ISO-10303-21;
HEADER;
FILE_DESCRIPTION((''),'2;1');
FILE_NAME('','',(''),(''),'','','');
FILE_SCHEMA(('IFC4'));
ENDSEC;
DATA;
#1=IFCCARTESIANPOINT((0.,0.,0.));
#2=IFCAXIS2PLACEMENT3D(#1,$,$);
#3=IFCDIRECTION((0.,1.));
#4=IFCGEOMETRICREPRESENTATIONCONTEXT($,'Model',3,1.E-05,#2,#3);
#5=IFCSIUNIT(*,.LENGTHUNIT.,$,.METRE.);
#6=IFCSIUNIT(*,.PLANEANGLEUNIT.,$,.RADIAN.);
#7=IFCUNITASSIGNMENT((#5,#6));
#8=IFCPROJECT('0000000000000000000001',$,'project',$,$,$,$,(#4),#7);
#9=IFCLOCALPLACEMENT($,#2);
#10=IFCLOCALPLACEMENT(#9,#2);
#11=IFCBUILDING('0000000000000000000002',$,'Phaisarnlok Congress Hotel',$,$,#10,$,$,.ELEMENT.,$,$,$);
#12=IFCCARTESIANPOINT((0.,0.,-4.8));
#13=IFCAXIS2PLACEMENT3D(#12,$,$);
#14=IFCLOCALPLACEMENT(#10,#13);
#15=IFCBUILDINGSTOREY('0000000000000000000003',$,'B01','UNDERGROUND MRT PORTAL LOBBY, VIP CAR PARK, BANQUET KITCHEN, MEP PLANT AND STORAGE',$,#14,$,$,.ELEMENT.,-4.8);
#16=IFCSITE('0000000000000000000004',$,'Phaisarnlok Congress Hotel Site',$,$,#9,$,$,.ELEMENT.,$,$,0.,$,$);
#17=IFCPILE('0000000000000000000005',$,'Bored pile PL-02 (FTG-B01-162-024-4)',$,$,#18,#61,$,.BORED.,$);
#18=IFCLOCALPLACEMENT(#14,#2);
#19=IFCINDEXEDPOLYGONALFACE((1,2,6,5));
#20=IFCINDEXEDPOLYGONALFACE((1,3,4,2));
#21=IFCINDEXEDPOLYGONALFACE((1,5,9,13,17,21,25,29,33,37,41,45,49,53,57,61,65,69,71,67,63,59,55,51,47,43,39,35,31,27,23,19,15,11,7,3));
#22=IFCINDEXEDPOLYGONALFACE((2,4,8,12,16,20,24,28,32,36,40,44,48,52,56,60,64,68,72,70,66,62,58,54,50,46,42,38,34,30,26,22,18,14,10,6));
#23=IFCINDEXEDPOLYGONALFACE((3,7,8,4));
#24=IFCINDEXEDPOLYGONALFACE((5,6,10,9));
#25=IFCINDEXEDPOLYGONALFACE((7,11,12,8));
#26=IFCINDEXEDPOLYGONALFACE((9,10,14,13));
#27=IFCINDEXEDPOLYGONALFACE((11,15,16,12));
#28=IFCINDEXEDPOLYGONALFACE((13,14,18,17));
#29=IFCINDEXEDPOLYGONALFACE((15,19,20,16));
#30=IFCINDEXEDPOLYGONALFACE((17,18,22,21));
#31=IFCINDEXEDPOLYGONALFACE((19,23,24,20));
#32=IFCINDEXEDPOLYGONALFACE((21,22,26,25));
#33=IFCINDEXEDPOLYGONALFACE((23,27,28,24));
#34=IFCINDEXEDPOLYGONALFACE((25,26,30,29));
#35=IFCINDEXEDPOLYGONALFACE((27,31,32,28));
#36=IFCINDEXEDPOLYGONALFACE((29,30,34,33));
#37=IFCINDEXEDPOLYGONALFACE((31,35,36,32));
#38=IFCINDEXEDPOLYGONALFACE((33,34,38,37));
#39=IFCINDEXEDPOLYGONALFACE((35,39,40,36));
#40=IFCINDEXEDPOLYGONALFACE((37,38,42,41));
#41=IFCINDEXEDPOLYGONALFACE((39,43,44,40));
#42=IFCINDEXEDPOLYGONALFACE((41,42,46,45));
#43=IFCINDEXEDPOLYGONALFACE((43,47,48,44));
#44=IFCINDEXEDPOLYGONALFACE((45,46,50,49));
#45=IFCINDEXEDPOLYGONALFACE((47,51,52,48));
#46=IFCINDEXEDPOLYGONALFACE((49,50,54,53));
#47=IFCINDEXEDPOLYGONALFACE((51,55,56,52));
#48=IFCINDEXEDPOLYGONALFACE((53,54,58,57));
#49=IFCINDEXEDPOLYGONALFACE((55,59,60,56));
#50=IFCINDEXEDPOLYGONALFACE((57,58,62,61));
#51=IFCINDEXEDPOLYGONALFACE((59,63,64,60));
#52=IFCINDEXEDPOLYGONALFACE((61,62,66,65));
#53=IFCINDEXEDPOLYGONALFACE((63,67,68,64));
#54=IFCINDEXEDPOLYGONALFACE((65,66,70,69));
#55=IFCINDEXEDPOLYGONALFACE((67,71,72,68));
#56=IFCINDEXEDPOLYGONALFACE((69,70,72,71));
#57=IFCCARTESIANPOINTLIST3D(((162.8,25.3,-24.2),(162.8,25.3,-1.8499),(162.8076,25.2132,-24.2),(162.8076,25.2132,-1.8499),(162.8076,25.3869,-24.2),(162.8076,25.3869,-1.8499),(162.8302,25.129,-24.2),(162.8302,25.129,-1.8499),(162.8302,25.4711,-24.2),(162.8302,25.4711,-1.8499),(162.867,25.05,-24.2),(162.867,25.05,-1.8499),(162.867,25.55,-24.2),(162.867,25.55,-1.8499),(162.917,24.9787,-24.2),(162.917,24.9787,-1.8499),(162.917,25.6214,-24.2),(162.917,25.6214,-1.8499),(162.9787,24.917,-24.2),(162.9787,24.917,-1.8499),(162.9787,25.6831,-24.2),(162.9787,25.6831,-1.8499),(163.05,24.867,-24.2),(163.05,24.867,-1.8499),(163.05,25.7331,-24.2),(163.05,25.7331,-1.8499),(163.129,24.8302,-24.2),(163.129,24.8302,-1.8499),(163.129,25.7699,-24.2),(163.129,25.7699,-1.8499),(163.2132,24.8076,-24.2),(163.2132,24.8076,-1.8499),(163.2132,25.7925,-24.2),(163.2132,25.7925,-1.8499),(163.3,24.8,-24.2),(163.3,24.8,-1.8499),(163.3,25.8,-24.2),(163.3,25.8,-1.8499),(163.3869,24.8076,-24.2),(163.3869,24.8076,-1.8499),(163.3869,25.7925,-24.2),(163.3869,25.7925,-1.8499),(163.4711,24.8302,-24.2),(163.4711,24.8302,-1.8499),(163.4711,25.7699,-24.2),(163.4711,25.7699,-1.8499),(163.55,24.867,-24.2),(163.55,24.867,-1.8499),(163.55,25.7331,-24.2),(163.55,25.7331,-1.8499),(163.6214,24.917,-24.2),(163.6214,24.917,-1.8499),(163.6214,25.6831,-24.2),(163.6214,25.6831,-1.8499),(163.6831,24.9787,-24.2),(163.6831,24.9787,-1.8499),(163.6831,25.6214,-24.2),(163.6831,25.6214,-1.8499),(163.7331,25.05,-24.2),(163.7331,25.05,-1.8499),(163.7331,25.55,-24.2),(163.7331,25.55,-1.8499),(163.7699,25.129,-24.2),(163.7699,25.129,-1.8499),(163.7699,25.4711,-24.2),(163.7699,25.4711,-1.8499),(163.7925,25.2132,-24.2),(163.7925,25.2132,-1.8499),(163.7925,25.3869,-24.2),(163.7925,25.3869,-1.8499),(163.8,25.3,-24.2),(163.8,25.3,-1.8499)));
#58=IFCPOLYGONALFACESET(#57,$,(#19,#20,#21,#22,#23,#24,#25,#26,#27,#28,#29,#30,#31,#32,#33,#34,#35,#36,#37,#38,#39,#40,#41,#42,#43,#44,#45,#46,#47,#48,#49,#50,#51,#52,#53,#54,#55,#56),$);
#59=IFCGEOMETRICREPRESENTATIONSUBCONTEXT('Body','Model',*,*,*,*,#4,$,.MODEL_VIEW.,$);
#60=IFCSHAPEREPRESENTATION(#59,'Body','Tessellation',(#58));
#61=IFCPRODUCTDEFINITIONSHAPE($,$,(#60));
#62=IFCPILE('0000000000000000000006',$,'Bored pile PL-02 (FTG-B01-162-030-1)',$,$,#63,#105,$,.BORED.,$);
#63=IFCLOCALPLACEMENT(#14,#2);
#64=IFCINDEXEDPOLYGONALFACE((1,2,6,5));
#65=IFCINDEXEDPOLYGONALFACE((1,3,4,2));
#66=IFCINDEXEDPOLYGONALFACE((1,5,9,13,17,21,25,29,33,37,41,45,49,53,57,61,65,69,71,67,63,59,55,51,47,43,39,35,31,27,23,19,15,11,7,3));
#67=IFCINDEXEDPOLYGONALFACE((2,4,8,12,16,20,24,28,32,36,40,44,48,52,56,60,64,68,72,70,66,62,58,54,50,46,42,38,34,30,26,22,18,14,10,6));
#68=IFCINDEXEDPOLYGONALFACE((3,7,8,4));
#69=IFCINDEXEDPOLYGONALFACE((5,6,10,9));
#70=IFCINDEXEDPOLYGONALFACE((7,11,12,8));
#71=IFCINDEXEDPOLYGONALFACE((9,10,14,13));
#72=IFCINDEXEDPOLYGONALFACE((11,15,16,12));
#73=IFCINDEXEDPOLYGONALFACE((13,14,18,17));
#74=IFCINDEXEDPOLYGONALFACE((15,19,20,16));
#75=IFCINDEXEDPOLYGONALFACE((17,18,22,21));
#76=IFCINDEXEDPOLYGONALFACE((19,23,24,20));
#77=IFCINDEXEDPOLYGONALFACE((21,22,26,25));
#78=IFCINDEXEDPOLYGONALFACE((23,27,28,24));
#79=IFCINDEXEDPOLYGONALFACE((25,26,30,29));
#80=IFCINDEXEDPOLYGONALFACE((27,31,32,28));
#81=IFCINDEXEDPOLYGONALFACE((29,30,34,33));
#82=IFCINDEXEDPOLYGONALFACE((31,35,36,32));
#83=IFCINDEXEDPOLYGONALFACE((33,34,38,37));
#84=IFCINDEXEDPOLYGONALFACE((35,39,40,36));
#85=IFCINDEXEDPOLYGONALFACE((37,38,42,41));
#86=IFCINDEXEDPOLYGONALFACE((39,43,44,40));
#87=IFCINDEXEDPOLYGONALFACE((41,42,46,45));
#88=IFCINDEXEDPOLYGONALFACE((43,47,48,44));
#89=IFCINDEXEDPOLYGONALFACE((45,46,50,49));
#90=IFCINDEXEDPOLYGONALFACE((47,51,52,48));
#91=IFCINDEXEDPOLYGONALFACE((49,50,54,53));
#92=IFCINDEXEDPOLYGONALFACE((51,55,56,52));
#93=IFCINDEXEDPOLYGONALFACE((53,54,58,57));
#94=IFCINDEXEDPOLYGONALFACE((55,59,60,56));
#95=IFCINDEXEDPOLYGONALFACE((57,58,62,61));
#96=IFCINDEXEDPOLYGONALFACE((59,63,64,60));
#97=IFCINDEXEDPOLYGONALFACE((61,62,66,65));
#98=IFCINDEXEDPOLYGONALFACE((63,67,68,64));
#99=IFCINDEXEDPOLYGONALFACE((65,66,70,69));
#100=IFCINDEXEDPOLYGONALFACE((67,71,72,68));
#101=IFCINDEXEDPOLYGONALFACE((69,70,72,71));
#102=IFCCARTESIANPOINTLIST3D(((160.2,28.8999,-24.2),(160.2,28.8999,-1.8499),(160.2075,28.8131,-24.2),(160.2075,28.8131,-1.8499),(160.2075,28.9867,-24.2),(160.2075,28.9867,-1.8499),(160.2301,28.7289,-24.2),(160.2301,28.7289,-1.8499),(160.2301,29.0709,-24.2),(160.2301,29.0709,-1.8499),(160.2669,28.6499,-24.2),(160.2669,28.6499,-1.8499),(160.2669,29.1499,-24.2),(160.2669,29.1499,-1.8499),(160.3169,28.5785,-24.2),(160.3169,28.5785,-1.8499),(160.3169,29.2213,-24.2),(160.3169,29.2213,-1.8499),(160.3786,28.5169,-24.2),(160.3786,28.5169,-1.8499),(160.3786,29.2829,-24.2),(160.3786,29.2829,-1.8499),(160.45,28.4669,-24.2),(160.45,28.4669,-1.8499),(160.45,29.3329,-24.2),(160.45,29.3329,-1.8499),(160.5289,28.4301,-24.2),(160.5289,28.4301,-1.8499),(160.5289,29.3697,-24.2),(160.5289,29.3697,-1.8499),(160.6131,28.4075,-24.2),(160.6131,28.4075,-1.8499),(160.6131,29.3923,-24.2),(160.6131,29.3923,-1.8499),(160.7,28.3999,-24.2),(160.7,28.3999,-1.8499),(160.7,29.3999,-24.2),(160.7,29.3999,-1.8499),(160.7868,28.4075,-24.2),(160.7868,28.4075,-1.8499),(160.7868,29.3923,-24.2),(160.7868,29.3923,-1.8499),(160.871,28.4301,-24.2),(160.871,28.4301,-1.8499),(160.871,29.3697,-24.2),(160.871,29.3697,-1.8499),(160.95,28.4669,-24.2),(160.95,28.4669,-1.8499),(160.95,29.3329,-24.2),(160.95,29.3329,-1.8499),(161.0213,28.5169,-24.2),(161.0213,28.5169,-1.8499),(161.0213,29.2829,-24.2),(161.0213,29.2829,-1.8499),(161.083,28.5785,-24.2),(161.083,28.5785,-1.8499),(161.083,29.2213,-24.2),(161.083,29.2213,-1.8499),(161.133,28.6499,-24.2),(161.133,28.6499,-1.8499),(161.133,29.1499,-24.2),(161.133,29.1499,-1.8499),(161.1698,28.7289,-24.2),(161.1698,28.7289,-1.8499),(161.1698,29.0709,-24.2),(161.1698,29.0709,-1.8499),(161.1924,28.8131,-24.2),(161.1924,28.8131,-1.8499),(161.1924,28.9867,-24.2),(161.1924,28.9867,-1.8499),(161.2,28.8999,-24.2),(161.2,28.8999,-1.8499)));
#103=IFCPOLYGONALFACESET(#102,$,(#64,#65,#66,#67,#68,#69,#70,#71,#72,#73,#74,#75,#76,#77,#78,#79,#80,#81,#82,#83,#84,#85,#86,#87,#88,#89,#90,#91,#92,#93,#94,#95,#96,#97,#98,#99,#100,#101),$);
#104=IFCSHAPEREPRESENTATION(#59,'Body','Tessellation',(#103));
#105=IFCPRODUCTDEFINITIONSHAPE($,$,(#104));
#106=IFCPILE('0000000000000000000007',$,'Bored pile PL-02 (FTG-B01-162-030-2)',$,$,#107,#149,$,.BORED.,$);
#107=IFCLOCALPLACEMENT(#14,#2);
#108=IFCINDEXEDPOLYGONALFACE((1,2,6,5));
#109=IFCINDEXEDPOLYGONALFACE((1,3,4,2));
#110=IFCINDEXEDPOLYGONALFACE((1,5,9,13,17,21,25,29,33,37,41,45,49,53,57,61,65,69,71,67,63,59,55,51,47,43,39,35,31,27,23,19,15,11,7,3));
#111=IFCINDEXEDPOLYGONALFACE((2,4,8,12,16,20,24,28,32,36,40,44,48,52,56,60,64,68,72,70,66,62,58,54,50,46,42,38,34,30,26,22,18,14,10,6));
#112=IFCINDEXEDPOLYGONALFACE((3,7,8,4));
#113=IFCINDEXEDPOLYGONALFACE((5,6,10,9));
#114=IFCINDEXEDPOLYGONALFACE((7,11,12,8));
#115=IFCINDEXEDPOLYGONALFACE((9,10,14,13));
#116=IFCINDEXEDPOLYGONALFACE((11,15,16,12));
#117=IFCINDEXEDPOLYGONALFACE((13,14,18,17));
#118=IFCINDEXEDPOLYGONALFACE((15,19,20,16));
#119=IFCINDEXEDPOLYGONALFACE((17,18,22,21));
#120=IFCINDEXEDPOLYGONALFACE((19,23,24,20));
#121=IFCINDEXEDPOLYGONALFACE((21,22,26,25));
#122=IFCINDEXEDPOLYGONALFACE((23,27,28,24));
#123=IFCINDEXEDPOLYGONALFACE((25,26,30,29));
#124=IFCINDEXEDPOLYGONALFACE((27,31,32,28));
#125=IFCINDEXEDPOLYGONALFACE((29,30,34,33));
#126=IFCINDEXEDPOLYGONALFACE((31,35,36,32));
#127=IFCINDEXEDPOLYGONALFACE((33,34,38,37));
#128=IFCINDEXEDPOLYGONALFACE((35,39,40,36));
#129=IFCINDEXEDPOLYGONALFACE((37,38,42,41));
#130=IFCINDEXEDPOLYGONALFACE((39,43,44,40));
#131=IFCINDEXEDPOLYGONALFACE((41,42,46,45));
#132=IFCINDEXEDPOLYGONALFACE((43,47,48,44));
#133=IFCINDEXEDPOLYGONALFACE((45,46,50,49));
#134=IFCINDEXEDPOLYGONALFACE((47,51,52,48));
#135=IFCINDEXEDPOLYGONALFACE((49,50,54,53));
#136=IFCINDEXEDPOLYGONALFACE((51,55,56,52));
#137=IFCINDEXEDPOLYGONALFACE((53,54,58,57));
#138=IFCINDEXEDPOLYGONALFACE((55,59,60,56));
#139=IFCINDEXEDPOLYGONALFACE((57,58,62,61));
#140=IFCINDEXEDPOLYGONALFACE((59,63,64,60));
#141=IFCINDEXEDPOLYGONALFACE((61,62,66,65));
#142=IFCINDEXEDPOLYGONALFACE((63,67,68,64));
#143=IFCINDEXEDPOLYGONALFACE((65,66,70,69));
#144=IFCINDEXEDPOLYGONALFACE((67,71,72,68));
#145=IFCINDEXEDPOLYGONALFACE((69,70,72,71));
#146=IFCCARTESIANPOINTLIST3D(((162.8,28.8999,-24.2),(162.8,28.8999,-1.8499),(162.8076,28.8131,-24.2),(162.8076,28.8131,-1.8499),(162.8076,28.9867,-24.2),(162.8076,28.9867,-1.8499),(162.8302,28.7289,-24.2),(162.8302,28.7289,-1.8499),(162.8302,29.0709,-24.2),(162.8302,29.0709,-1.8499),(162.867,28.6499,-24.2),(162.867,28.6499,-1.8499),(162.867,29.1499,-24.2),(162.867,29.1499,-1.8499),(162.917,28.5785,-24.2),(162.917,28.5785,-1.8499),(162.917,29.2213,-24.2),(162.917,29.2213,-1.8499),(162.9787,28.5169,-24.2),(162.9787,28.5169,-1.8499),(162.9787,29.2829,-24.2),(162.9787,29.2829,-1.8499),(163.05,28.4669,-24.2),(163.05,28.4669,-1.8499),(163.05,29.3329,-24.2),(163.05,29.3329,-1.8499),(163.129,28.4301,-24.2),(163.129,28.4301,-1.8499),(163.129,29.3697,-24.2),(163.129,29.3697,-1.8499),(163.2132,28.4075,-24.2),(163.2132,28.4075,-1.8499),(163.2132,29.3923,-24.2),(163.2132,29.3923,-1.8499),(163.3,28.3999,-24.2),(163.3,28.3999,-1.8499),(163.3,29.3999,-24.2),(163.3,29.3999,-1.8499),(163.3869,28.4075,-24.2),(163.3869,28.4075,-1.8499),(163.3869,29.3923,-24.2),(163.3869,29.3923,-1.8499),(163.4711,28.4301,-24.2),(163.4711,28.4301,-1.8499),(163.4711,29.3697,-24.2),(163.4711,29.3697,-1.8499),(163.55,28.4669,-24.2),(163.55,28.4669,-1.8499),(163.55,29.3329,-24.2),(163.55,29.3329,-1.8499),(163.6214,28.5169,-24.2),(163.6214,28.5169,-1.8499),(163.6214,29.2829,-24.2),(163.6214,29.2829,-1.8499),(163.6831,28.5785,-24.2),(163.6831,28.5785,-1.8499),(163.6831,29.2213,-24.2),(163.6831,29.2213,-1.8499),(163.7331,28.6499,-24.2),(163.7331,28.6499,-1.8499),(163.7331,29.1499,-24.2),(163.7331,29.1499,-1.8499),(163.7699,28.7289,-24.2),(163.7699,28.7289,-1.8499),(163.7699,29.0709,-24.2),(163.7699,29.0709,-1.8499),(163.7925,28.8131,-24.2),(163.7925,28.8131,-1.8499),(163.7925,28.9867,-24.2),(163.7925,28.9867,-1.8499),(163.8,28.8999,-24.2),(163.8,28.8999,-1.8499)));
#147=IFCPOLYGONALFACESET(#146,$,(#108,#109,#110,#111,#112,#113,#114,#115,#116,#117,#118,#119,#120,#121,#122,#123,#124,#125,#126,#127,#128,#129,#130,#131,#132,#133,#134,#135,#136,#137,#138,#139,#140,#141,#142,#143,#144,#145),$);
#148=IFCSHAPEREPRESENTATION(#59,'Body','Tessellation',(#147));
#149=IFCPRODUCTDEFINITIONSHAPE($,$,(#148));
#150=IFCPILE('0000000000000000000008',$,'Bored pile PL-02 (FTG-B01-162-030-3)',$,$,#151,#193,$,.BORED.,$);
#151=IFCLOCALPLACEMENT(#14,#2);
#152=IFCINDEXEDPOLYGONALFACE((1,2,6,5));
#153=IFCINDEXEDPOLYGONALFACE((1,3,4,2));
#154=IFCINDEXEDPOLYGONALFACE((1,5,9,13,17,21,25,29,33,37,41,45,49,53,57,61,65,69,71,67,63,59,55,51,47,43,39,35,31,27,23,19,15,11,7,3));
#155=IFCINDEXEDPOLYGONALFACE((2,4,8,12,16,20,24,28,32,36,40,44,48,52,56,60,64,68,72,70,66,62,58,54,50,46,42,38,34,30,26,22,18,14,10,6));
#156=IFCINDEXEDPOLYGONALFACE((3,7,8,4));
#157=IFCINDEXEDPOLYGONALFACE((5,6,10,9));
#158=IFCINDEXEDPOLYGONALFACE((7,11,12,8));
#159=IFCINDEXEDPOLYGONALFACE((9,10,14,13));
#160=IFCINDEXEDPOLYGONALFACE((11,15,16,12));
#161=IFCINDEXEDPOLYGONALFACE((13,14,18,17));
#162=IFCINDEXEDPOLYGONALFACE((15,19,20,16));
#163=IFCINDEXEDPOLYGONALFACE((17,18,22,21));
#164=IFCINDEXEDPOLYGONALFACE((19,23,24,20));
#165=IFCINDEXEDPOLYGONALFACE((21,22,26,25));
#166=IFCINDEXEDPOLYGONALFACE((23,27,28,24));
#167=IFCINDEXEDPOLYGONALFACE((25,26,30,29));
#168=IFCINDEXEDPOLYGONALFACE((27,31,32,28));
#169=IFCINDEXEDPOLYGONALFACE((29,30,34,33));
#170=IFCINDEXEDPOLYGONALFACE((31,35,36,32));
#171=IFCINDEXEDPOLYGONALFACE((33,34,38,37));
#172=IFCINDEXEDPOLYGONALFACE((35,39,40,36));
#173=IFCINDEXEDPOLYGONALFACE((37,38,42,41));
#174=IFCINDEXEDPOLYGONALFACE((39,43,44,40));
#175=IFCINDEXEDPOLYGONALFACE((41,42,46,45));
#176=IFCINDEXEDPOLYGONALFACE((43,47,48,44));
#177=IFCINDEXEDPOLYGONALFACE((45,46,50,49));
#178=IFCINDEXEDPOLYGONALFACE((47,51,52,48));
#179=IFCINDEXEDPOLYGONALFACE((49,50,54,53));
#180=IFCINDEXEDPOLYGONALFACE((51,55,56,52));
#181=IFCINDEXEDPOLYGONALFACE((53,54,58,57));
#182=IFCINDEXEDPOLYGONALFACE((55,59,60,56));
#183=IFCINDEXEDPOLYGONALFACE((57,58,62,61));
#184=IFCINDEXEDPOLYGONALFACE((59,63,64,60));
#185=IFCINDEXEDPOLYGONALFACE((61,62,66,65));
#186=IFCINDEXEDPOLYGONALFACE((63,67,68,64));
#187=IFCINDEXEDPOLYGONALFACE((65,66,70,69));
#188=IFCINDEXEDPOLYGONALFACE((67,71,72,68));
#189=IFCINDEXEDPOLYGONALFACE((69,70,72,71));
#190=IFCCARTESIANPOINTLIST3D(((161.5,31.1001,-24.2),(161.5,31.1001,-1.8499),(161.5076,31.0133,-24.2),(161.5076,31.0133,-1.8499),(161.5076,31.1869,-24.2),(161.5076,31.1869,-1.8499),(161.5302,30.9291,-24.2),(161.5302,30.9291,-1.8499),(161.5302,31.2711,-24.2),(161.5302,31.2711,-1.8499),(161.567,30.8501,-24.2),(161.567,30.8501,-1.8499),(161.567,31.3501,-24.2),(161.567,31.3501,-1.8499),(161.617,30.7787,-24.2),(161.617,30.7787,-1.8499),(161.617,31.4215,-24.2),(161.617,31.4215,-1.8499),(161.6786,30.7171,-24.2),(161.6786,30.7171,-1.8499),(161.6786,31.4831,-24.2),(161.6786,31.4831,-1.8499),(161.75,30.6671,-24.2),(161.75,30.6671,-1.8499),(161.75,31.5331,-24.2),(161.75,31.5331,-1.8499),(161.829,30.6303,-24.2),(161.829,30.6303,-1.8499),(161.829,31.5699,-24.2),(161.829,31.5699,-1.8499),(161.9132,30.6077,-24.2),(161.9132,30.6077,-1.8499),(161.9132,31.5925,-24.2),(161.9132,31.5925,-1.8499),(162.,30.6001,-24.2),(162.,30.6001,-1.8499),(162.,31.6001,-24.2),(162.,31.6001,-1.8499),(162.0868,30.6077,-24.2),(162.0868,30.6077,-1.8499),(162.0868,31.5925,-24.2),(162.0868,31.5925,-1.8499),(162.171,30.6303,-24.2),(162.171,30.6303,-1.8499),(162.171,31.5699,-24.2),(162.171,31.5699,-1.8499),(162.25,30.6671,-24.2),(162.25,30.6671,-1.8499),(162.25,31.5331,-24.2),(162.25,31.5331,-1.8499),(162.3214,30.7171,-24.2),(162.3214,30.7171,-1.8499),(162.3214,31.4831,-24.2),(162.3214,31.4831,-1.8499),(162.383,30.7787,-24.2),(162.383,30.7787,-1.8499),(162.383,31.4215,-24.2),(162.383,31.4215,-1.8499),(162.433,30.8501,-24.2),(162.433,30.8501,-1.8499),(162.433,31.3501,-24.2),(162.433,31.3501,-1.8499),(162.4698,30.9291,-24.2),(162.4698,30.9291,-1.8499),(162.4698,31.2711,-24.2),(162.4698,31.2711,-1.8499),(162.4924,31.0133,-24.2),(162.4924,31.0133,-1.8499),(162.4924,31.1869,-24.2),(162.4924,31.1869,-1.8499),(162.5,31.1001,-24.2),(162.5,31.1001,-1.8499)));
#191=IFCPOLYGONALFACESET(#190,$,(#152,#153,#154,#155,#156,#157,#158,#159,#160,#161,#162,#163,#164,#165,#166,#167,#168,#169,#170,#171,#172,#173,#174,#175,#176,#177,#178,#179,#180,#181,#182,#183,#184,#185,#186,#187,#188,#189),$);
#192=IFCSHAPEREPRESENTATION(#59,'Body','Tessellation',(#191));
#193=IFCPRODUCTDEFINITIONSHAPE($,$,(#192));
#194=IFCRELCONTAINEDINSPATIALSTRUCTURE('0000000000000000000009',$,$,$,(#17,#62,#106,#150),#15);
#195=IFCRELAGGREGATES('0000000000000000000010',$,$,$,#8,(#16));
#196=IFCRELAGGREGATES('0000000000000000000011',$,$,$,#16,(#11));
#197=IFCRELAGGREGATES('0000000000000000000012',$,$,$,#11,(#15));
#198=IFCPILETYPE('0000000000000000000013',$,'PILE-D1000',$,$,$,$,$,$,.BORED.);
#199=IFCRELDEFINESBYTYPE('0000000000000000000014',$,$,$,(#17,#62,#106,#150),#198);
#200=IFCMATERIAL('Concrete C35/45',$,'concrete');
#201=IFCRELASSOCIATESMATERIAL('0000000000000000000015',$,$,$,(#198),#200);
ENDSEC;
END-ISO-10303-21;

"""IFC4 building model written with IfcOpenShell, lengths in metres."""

from ifc_helpers import new_model, si_unit, direction, frame, origin, origin_2d, place, context, subcontext, project, spatial, circle, extrude, material, material_profile, profile_set, type_object, element, save


model = new_model("IFC4")

# Units and contexts
model_context = context("Model", 3, precision=1e-05, world=origin(), true_north=direction((0.0, 1.0)))
body_context = subcontext(model_context, "Body", "Model", "MODEL_VIEW")
ifc_project = project(units=[si_unit("LENGTHUNIT", "METRE"), si_unit("PLANEANGLEUNIT", "RADIAN")], contexts=[model_context])

# Site, building, storey
site_placement = place(None, origin())
site = spatial("IfcSite", under=ifc_project, at=site_placement, Name="Phaisarnlok Congress Hotel Site", CompositionType="ELEMENT", RefElevation=0.0)
building_placement = place(site_placement, origin())
building = spatial("IfcBuilding", under=site, at=building_placement, Name="Phaisarnlok Congress Hotel", CompositionType="ELEMENT")
storey_placement = place(building_placement, frame((0.0, 0.0, -4.8)))
storey = spatial("IfcBuildingStorey", under=building, at=storey_placement, Name="B01", Description="UNDERGROUND MRT PORTAL LOBBY, VIP CAR PARK, BANQUET KITCHEN, MEP PLANT AND STORAGE", CompositionType="ELEMENT", Elevation=-4.8)

# Piles
ifc_material_1 = material(Name="Concrete C35/45", Category="concrete")
ifc_material_profile_1 = material_profile(ifc_material_1, circle(Radius=0.5, at=origin_2d()), Name="BORED PILE D1000")
ifc_profile_set_1 = profile_set([ifc_material_profile_1], Name="Concrete C35/45")
pile_type_1 = type_object("IfcPileType", Name="PILE-D1000", PredefinedType="BORED", material=ifc_profile_set_1)
for number, where, z_axis, x_axis, name in (
    (1, (163.3, 25.3, -1.8499), (0.0, 0.0, -1.0), (1.0, 0.0, 0.0), "Bored pile PL-02 (FTG-B01-162-024-4)"),
    (2, (160.7, 28.8999, -1.8499), (0.0, 0.0, -1.0), (1.0, 0.0, 0.0), "Bored pile PL-02 (FTG-B01-162-030-1)"),
    (3, (163.3, 28.8999, -1.8499), (0.0, 0.0, -1.0), (1.0, 0.0, 0.0), "Bored pile PL-02 (FTG-B01-162-030-2)"),
    (4, (162.0, 31.1001, -1.8499), (0.0, 0.0, -1.0), (1.0, 0.0, 0.0), "Bored pile PL-02 (FTG-B01-162-030-3)"),
):
    element("IfcPile", number, at=place(storey_placement, frame(where, z_axis=z_axis, x_axis=x_axis)), inside=storey, type_object=pile_type_1, Name=name, PredefinedType="BORED", context=body_context, shape_type="SweptSolid", body=[
        extrude(circle(Radius=0.5, at=origin_2d()), origin(), (0.0, 0.0, 1.0), 22.3501),
    ])

save(model, "model.ifc")
